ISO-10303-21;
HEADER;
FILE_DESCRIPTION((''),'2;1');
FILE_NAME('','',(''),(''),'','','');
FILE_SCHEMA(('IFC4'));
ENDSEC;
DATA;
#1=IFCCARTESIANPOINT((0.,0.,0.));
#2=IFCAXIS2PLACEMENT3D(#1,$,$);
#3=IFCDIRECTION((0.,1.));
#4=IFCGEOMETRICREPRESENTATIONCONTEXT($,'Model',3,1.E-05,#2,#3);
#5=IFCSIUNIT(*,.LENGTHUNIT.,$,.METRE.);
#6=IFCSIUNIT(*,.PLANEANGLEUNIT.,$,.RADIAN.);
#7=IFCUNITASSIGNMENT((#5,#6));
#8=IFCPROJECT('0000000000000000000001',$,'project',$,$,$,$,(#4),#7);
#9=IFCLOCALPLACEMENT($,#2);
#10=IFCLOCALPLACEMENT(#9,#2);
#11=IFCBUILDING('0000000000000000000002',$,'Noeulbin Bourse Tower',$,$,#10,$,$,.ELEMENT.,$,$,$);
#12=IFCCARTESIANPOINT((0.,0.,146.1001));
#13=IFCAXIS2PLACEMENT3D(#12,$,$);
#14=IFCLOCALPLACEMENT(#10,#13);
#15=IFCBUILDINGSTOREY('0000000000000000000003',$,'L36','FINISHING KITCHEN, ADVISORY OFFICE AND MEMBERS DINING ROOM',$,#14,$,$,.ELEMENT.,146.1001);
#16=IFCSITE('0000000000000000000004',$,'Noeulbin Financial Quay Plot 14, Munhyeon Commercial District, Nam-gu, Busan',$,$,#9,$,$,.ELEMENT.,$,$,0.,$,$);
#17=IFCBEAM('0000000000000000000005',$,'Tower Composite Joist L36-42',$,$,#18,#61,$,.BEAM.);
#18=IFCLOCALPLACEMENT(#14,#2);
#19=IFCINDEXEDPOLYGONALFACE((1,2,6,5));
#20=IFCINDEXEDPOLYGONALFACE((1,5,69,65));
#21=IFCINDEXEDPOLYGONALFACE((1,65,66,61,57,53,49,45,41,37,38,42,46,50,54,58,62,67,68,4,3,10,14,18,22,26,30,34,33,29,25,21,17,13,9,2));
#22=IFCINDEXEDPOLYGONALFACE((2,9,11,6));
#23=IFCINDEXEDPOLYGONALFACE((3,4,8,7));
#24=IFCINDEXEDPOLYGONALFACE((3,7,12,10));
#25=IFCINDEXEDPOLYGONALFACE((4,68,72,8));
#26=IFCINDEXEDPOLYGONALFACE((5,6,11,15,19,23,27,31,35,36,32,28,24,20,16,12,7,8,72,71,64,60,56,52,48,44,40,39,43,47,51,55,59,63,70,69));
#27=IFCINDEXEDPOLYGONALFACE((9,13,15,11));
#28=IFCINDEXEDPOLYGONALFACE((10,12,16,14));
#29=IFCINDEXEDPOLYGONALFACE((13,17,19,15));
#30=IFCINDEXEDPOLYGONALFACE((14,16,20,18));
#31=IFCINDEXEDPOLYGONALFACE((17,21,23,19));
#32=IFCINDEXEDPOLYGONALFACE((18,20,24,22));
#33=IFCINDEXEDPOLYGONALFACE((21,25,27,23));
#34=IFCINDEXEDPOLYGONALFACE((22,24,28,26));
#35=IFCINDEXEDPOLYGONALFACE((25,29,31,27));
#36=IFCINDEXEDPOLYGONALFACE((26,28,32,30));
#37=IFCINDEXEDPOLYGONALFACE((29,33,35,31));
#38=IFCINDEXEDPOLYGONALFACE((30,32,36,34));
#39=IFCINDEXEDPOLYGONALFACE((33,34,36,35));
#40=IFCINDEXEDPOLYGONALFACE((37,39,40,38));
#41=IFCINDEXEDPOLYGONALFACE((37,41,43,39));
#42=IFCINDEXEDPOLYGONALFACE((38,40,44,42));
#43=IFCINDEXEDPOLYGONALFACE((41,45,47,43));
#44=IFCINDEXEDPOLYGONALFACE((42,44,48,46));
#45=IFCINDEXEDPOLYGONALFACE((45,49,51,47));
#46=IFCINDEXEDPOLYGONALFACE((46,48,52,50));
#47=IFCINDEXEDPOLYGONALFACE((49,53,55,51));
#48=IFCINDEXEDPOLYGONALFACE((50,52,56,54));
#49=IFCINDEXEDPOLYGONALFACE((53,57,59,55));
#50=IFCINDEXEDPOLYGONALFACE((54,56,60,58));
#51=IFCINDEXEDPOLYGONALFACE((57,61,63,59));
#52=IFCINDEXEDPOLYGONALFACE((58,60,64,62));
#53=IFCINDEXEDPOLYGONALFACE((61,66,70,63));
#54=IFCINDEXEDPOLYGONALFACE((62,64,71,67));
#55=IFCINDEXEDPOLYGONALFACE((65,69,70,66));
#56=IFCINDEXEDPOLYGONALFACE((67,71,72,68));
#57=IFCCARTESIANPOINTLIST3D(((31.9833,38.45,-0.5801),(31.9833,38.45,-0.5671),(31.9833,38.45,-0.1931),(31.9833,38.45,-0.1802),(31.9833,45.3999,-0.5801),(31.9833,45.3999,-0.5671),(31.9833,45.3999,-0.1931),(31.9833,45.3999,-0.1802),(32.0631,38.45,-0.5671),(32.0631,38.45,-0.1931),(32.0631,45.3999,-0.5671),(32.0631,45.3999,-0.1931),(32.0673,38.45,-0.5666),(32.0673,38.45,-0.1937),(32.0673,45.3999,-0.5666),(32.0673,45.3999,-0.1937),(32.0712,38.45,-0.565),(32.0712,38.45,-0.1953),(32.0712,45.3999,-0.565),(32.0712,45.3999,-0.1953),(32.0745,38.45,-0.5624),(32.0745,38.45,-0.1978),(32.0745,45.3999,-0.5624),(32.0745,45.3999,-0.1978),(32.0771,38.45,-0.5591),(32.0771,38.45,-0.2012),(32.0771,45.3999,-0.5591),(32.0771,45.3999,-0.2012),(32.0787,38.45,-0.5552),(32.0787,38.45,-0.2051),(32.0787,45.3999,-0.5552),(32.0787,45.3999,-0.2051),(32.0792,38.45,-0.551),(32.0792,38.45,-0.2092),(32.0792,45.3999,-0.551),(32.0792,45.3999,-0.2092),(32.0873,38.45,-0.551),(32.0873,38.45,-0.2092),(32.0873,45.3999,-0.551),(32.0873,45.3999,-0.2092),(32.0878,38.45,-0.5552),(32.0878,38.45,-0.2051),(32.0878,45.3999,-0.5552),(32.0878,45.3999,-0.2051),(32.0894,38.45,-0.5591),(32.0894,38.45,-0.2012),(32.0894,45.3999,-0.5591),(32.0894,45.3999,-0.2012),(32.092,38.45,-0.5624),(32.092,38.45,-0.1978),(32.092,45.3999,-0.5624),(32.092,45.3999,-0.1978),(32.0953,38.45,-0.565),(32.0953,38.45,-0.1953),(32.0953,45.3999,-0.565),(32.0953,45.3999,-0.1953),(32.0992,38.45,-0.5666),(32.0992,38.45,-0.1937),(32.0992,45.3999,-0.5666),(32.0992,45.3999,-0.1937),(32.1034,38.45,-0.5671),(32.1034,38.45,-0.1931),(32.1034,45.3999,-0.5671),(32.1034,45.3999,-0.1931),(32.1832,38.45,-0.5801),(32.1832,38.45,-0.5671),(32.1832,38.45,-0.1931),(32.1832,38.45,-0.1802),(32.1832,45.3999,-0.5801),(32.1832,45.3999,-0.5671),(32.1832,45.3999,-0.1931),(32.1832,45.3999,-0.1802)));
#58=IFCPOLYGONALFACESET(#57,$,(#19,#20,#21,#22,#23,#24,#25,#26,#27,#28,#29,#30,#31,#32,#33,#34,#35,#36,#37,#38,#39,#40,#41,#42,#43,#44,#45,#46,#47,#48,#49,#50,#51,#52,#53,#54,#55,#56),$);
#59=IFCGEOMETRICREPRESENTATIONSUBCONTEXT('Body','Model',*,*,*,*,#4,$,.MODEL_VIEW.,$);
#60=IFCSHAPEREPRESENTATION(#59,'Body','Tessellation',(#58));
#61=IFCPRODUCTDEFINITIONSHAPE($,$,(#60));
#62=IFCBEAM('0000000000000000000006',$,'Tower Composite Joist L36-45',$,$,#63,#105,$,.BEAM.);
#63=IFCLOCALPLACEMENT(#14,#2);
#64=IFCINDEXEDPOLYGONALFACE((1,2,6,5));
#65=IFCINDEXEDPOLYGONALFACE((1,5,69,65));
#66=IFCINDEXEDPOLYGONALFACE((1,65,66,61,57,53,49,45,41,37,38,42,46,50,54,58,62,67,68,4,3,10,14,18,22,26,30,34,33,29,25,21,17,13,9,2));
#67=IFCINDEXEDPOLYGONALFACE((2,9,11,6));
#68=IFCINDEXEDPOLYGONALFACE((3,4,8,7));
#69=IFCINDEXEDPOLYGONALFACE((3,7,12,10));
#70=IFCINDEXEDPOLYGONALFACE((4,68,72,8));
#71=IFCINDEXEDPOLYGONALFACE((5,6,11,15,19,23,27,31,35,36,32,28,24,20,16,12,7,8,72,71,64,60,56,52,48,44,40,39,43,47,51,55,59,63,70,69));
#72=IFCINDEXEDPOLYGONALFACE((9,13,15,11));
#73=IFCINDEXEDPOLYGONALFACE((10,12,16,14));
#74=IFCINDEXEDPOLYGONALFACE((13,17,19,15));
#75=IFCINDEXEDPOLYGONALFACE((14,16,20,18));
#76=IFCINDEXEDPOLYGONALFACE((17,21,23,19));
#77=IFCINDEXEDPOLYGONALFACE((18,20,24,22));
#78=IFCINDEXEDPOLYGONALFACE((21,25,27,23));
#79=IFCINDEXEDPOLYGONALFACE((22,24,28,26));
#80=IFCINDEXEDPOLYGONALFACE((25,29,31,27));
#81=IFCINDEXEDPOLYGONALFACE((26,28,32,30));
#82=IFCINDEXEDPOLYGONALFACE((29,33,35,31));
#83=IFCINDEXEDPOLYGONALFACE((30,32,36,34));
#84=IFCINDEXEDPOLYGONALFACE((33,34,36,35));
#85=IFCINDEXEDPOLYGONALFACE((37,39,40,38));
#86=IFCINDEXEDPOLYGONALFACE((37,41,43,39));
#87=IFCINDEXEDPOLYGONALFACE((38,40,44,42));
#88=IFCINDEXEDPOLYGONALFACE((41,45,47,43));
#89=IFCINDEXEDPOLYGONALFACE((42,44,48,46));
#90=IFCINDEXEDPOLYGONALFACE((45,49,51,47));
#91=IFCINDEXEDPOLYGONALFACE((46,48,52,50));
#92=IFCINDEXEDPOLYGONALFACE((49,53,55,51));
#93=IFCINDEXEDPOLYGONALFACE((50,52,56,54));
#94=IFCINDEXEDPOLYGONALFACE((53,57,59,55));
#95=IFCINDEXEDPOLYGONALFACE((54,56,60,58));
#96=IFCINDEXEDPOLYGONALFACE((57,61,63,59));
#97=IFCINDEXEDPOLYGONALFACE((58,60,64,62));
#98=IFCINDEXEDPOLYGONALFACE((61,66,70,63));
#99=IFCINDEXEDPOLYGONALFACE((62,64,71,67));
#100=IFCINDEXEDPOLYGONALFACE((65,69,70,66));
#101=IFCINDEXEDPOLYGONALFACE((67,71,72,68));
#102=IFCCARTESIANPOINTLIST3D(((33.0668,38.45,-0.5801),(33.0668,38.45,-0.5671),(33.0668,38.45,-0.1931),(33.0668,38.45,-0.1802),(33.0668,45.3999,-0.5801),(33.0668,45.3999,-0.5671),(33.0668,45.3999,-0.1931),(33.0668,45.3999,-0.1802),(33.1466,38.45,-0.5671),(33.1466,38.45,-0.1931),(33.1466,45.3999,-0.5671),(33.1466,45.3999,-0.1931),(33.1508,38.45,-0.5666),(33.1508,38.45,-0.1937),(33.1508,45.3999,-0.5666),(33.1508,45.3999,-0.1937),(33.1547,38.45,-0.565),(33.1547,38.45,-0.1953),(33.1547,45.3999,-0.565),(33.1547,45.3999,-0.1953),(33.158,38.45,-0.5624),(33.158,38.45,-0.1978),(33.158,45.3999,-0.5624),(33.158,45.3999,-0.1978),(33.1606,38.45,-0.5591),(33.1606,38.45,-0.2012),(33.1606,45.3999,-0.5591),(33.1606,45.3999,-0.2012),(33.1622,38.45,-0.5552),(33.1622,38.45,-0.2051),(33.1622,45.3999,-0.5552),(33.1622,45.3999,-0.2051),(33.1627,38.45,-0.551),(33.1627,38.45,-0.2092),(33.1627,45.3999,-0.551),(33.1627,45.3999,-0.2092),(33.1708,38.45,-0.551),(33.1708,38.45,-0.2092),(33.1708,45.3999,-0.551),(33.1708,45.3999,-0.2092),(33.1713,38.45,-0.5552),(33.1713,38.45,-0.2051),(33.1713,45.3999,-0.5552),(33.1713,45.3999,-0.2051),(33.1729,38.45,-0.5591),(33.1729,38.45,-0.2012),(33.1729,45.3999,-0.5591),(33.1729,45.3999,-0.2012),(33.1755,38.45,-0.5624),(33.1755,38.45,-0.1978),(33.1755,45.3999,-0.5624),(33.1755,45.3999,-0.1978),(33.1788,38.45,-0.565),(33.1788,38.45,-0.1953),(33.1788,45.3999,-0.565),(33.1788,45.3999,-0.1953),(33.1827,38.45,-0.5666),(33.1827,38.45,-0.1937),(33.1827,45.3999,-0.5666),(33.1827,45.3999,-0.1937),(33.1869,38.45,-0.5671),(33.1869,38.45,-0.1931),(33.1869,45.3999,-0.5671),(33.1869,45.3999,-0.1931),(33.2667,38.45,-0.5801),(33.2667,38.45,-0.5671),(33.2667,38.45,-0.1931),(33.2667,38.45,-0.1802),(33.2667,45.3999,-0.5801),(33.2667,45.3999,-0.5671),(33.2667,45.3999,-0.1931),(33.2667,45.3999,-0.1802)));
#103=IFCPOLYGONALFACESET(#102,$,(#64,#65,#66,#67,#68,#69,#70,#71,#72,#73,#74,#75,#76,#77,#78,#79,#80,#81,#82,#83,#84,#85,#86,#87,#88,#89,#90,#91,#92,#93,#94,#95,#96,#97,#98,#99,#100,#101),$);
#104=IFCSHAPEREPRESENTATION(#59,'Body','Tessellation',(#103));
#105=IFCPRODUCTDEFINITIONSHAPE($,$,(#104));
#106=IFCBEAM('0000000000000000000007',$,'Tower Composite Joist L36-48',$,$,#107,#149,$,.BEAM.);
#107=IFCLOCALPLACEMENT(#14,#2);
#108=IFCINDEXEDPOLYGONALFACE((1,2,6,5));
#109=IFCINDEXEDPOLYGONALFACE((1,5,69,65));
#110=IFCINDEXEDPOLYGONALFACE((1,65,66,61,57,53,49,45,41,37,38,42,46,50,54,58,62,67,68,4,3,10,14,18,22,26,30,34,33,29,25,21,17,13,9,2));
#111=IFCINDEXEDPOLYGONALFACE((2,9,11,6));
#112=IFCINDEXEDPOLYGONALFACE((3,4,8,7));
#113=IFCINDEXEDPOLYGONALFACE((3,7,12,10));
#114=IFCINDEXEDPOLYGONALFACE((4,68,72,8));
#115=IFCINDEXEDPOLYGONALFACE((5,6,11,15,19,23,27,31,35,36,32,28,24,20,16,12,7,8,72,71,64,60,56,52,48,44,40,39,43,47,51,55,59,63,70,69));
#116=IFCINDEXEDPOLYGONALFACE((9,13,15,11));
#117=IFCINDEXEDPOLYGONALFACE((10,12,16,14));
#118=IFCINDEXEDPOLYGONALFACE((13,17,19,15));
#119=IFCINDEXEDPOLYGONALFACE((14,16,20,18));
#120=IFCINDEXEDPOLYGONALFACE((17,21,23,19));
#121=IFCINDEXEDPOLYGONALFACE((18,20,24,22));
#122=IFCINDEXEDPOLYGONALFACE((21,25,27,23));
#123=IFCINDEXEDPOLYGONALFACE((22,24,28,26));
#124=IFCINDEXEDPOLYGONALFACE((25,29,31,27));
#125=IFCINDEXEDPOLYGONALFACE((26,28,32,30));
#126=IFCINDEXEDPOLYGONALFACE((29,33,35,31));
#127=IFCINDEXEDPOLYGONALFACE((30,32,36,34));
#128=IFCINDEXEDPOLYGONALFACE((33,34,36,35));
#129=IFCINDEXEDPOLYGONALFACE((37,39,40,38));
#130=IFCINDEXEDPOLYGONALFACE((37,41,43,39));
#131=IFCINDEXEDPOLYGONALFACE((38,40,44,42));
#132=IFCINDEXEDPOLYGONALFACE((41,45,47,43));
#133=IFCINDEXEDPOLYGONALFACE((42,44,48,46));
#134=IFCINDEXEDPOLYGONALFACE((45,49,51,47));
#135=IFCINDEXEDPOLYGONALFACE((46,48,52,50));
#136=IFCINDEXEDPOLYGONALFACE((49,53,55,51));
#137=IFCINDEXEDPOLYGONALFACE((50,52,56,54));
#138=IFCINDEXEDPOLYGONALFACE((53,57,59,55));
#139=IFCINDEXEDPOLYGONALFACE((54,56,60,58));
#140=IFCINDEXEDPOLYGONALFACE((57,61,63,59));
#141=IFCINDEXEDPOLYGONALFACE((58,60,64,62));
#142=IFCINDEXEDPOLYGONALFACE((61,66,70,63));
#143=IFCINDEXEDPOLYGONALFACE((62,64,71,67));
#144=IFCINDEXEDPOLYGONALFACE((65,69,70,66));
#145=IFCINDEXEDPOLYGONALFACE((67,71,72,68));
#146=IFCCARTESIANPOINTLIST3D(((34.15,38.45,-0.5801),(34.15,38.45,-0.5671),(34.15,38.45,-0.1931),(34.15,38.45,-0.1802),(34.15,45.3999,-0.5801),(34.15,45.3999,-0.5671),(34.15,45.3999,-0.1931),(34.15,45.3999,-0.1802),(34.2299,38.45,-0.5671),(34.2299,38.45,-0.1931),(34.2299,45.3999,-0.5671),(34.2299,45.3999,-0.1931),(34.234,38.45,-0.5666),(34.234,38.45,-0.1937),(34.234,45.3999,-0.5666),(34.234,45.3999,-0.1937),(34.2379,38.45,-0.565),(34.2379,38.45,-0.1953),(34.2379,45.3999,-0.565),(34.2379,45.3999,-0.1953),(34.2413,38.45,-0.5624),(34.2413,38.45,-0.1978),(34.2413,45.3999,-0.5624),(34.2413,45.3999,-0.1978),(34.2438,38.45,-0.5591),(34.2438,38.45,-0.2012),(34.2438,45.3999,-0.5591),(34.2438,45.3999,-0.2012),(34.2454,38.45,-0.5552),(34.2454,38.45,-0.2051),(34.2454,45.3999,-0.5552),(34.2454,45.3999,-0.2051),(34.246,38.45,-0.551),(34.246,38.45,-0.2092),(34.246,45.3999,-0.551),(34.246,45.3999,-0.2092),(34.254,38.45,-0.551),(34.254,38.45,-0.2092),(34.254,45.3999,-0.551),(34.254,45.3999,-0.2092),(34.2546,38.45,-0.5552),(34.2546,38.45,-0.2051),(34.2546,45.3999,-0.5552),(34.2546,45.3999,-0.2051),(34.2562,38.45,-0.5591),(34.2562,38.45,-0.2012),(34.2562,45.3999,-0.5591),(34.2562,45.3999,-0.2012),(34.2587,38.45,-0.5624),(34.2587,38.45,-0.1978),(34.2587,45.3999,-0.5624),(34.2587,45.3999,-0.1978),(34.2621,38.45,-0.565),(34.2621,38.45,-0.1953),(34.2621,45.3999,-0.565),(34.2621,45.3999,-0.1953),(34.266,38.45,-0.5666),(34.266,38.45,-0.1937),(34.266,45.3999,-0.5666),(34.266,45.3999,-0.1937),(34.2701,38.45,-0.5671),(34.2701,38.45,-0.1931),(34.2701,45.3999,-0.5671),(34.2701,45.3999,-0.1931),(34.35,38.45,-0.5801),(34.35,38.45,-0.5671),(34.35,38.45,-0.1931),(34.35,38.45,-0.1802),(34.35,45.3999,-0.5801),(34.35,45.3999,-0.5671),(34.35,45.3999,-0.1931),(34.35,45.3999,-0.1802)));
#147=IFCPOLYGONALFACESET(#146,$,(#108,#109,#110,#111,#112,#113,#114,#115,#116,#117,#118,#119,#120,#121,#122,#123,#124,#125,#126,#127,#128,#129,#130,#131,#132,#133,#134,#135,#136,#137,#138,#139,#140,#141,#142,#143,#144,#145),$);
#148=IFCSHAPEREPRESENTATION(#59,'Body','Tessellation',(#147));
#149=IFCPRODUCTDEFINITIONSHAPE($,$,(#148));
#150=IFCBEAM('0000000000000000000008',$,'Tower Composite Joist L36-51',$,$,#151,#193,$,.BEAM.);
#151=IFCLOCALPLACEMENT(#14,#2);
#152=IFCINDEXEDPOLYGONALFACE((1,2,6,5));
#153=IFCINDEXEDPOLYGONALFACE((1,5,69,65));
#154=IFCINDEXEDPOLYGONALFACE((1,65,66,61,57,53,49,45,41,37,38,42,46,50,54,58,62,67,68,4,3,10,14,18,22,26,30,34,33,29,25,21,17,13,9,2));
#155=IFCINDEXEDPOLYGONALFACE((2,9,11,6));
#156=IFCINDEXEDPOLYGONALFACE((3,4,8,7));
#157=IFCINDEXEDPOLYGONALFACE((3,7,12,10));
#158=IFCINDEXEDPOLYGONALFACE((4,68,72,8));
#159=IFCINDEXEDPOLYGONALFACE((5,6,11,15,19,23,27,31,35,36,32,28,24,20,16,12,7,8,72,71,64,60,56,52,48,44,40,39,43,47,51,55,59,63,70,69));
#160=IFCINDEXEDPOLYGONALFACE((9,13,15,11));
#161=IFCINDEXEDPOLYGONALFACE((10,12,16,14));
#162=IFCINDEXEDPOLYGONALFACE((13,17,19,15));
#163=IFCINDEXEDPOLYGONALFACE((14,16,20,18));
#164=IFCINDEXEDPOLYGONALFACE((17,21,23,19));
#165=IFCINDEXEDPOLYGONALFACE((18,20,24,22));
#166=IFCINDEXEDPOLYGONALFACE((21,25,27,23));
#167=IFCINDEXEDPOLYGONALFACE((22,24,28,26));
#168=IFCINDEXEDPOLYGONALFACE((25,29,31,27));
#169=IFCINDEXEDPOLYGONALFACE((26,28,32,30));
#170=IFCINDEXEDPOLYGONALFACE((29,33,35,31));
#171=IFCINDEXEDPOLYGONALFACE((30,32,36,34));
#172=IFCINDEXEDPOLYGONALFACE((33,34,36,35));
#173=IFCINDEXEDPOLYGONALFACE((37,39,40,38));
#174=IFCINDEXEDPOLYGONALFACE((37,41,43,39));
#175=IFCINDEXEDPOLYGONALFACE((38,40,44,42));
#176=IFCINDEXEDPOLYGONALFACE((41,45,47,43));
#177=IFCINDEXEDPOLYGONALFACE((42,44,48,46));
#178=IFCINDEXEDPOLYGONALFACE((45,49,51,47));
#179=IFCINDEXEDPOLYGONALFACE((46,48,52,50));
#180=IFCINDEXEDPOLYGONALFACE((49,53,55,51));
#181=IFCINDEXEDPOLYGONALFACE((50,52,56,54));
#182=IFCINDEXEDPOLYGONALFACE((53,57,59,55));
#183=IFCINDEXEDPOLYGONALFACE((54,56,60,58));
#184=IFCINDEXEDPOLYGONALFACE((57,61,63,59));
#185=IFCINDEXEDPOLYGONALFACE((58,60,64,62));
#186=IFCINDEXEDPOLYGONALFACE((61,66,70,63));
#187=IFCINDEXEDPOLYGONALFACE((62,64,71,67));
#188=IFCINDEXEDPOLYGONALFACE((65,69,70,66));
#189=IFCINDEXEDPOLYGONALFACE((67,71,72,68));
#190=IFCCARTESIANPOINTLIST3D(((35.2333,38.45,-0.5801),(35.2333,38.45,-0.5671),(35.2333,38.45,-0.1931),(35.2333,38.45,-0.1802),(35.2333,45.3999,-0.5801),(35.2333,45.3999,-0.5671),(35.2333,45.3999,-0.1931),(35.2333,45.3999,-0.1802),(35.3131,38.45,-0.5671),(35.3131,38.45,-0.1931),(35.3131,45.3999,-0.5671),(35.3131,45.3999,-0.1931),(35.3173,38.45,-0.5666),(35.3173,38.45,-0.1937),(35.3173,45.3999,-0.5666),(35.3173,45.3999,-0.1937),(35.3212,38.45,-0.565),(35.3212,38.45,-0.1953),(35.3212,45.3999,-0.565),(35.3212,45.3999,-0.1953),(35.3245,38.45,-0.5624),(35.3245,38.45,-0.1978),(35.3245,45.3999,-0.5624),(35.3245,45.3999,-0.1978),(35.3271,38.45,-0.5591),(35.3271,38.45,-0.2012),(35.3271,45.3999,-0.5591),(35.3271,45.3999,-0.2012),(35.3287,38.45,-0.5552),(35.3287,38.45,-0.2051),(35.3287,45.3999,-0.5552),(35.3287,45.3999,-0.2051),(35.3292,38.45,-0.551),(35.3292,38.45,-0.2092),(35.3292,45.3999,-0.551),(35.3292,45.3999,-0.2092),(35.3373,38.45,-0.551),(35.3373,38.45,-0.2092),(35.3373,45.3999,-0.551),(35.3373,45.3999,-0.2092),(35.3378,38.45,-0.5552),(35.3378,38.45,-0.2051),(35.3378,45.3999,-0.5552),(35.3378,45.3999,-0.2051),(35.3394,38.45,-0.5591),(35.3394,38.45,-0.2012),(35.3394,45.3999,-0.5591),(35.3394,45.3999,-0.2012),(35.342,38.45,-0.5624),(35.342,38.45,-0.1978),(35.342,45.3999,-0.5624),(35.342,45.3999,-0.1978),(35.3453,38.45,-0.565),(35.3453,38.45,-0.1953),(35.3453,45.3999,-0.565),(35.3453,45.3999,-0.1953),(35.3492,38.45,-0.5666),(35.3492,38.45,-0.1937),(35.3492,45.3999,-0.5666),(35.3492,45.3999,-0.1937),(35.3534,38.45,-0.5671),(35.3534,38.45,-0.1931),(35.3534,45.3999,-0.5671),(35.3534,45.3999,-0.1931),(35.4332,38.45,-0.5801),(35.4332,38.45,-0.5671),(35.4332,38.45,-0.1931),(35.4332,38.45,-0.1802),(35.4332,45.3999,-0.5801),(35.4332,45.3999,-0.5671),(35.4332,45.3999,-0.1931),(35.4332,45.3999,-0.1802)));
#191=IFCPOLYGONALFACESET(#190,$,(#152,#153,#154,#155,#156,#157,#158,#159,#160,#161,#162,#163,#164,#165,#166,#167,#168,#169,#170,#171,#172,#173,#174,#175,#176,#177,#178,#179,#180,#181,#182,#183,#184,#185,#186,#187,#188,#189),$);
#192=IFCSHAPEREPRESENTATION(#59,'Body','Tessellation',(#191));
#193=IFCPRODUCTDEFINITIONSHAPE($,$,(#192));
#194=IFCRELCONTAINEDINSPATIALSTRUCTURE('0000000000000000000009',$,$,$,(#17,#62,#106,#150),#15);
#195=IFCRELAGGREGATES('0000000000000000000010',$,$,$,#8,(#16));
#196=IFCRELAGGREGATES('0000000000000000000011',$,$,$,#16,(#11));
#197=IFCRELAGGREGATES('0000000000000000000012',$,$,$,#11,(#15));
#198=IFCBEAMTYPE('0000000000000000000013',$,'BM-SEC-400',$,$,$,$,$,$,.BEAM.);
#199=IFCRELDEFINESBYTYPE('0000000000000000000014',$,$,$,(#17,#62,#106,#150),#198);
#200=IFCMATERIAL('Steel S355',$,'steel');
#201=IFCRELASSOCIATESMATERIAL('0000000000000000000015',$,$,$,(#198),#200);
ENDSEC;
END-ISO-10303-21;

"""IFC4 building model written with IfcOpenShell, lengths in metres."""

from ifc_helpers import new_model, si_unit, direction, frame, origin, origin_2d, place, context, subcontext, project, spatial, i_section, extrude, material, material_profile, profile_set, type_object, element, save


model = new_model("IFC4")

# Units and contexts
model_context = context("Model", 3, precision=1e-05, world=origin(), true_north=direction((0.0, 1.0)))
body_context = subcontext(model_context, "Body", "Model", "MODEL_VIEW")
ifc_project = project(units=[si_unit("LENGTHUNIT", "METRE"), si_unit("PLANEANGLEUNIT", "RADIAN")], contexts=[model_context])

# Site, building, storey
site_placement = place(None, origin())
site = spatial("IfcSite", under=ifc_project, at=site_placement, Name="Noeulbin Financial Quay Plot 14, Munhyeon Commercial District, Nam-gu, Busan", CompositionType="ELEMENT", RefElevation=0.0)
building_placement = place(site_placement, origin())
building = spatial("IfcBuilding", under=site, at=building_placement, Name="Noeulbin Bourse Tower", CompositionType="ELEMENT")
storey_placement = place(building_placement, frame((0.0, 0.0, 146.1001)))
storey = spatial("IfcBuildingStorey", under=building, at=storey_placement, Name="L36", Description="FINISHING KITCHEN, ADVISORY OFFICE AND MEMBERS DINING ROOM", CompositionType="ELEMENT", Elevation=146.1001)

# Shared definitions
ifc_material_1 = material(Name="Steel S355", Category="steel")

# Beams
ifc_material_profile_1 = material_profile(ifc_material_1, i_section(OverallWidth=0.2, OverallDepth=0.3999, WebThickness=0.0081, FlangeThickness=0.0129, FilletRadius=0.0161, at=origin_2d()), Name="H-400x200x8x13", Category="LoadBearing")
ifc_profile_set_1 = profile_set([ifc_material_profile_1], Name="Steel S355")
beam_type_1 = type_object("IfcBeamType", Name="BM-SEC-400", PredefinedType="BEAM", material=ifc_profile_set_1)
for number, where, z_axis, x_axis, name in (
    (1, (32.0833, 38.45, -0.3801), (0.0, 1.0, 0.0), (-1.0, 0.0, 0.0), "Tower Composite Joist L36-42"),
    (2, (33.1667, 38.45, -0.3801), (0.0, 1.0, 0.0), (-1.0, 0.0, 0.0), "Tower Composite Joist L36-45"),
    (3, (34.25, 38.45, -0.3801), (0.0, 1.0, 0.0), (-1.0, 0.0, 0.0), "Tower Composite Joist L36-48"),
    (4, (35.3333, 38.45, -0.3801), (0.0, 1.0, 0.0), (-1.0, 0.0, 0.0), "Tower Composite Joist L36-51"),
):
    element("IfcBeam", number, at=place(storey_placement, frame(where, z_axis=z_axis, x_axis=x_axis)), inside=storey, type_object=beam_type_1, Name=name, PredefinedType="BEAM", context=body_context, shape_type="SweptSolid", body=[
        extrude(i_section(OverallWidth=0.2, OverallDepth=0.3999, WebThickness=0.0081, FlangeThickness=0.0129, FilletRadius=0.0161, at=origin_2d()), origin(), (0.0, 0.0, 1.0), 6.95),
    ])

save(model, "model.ifc")
